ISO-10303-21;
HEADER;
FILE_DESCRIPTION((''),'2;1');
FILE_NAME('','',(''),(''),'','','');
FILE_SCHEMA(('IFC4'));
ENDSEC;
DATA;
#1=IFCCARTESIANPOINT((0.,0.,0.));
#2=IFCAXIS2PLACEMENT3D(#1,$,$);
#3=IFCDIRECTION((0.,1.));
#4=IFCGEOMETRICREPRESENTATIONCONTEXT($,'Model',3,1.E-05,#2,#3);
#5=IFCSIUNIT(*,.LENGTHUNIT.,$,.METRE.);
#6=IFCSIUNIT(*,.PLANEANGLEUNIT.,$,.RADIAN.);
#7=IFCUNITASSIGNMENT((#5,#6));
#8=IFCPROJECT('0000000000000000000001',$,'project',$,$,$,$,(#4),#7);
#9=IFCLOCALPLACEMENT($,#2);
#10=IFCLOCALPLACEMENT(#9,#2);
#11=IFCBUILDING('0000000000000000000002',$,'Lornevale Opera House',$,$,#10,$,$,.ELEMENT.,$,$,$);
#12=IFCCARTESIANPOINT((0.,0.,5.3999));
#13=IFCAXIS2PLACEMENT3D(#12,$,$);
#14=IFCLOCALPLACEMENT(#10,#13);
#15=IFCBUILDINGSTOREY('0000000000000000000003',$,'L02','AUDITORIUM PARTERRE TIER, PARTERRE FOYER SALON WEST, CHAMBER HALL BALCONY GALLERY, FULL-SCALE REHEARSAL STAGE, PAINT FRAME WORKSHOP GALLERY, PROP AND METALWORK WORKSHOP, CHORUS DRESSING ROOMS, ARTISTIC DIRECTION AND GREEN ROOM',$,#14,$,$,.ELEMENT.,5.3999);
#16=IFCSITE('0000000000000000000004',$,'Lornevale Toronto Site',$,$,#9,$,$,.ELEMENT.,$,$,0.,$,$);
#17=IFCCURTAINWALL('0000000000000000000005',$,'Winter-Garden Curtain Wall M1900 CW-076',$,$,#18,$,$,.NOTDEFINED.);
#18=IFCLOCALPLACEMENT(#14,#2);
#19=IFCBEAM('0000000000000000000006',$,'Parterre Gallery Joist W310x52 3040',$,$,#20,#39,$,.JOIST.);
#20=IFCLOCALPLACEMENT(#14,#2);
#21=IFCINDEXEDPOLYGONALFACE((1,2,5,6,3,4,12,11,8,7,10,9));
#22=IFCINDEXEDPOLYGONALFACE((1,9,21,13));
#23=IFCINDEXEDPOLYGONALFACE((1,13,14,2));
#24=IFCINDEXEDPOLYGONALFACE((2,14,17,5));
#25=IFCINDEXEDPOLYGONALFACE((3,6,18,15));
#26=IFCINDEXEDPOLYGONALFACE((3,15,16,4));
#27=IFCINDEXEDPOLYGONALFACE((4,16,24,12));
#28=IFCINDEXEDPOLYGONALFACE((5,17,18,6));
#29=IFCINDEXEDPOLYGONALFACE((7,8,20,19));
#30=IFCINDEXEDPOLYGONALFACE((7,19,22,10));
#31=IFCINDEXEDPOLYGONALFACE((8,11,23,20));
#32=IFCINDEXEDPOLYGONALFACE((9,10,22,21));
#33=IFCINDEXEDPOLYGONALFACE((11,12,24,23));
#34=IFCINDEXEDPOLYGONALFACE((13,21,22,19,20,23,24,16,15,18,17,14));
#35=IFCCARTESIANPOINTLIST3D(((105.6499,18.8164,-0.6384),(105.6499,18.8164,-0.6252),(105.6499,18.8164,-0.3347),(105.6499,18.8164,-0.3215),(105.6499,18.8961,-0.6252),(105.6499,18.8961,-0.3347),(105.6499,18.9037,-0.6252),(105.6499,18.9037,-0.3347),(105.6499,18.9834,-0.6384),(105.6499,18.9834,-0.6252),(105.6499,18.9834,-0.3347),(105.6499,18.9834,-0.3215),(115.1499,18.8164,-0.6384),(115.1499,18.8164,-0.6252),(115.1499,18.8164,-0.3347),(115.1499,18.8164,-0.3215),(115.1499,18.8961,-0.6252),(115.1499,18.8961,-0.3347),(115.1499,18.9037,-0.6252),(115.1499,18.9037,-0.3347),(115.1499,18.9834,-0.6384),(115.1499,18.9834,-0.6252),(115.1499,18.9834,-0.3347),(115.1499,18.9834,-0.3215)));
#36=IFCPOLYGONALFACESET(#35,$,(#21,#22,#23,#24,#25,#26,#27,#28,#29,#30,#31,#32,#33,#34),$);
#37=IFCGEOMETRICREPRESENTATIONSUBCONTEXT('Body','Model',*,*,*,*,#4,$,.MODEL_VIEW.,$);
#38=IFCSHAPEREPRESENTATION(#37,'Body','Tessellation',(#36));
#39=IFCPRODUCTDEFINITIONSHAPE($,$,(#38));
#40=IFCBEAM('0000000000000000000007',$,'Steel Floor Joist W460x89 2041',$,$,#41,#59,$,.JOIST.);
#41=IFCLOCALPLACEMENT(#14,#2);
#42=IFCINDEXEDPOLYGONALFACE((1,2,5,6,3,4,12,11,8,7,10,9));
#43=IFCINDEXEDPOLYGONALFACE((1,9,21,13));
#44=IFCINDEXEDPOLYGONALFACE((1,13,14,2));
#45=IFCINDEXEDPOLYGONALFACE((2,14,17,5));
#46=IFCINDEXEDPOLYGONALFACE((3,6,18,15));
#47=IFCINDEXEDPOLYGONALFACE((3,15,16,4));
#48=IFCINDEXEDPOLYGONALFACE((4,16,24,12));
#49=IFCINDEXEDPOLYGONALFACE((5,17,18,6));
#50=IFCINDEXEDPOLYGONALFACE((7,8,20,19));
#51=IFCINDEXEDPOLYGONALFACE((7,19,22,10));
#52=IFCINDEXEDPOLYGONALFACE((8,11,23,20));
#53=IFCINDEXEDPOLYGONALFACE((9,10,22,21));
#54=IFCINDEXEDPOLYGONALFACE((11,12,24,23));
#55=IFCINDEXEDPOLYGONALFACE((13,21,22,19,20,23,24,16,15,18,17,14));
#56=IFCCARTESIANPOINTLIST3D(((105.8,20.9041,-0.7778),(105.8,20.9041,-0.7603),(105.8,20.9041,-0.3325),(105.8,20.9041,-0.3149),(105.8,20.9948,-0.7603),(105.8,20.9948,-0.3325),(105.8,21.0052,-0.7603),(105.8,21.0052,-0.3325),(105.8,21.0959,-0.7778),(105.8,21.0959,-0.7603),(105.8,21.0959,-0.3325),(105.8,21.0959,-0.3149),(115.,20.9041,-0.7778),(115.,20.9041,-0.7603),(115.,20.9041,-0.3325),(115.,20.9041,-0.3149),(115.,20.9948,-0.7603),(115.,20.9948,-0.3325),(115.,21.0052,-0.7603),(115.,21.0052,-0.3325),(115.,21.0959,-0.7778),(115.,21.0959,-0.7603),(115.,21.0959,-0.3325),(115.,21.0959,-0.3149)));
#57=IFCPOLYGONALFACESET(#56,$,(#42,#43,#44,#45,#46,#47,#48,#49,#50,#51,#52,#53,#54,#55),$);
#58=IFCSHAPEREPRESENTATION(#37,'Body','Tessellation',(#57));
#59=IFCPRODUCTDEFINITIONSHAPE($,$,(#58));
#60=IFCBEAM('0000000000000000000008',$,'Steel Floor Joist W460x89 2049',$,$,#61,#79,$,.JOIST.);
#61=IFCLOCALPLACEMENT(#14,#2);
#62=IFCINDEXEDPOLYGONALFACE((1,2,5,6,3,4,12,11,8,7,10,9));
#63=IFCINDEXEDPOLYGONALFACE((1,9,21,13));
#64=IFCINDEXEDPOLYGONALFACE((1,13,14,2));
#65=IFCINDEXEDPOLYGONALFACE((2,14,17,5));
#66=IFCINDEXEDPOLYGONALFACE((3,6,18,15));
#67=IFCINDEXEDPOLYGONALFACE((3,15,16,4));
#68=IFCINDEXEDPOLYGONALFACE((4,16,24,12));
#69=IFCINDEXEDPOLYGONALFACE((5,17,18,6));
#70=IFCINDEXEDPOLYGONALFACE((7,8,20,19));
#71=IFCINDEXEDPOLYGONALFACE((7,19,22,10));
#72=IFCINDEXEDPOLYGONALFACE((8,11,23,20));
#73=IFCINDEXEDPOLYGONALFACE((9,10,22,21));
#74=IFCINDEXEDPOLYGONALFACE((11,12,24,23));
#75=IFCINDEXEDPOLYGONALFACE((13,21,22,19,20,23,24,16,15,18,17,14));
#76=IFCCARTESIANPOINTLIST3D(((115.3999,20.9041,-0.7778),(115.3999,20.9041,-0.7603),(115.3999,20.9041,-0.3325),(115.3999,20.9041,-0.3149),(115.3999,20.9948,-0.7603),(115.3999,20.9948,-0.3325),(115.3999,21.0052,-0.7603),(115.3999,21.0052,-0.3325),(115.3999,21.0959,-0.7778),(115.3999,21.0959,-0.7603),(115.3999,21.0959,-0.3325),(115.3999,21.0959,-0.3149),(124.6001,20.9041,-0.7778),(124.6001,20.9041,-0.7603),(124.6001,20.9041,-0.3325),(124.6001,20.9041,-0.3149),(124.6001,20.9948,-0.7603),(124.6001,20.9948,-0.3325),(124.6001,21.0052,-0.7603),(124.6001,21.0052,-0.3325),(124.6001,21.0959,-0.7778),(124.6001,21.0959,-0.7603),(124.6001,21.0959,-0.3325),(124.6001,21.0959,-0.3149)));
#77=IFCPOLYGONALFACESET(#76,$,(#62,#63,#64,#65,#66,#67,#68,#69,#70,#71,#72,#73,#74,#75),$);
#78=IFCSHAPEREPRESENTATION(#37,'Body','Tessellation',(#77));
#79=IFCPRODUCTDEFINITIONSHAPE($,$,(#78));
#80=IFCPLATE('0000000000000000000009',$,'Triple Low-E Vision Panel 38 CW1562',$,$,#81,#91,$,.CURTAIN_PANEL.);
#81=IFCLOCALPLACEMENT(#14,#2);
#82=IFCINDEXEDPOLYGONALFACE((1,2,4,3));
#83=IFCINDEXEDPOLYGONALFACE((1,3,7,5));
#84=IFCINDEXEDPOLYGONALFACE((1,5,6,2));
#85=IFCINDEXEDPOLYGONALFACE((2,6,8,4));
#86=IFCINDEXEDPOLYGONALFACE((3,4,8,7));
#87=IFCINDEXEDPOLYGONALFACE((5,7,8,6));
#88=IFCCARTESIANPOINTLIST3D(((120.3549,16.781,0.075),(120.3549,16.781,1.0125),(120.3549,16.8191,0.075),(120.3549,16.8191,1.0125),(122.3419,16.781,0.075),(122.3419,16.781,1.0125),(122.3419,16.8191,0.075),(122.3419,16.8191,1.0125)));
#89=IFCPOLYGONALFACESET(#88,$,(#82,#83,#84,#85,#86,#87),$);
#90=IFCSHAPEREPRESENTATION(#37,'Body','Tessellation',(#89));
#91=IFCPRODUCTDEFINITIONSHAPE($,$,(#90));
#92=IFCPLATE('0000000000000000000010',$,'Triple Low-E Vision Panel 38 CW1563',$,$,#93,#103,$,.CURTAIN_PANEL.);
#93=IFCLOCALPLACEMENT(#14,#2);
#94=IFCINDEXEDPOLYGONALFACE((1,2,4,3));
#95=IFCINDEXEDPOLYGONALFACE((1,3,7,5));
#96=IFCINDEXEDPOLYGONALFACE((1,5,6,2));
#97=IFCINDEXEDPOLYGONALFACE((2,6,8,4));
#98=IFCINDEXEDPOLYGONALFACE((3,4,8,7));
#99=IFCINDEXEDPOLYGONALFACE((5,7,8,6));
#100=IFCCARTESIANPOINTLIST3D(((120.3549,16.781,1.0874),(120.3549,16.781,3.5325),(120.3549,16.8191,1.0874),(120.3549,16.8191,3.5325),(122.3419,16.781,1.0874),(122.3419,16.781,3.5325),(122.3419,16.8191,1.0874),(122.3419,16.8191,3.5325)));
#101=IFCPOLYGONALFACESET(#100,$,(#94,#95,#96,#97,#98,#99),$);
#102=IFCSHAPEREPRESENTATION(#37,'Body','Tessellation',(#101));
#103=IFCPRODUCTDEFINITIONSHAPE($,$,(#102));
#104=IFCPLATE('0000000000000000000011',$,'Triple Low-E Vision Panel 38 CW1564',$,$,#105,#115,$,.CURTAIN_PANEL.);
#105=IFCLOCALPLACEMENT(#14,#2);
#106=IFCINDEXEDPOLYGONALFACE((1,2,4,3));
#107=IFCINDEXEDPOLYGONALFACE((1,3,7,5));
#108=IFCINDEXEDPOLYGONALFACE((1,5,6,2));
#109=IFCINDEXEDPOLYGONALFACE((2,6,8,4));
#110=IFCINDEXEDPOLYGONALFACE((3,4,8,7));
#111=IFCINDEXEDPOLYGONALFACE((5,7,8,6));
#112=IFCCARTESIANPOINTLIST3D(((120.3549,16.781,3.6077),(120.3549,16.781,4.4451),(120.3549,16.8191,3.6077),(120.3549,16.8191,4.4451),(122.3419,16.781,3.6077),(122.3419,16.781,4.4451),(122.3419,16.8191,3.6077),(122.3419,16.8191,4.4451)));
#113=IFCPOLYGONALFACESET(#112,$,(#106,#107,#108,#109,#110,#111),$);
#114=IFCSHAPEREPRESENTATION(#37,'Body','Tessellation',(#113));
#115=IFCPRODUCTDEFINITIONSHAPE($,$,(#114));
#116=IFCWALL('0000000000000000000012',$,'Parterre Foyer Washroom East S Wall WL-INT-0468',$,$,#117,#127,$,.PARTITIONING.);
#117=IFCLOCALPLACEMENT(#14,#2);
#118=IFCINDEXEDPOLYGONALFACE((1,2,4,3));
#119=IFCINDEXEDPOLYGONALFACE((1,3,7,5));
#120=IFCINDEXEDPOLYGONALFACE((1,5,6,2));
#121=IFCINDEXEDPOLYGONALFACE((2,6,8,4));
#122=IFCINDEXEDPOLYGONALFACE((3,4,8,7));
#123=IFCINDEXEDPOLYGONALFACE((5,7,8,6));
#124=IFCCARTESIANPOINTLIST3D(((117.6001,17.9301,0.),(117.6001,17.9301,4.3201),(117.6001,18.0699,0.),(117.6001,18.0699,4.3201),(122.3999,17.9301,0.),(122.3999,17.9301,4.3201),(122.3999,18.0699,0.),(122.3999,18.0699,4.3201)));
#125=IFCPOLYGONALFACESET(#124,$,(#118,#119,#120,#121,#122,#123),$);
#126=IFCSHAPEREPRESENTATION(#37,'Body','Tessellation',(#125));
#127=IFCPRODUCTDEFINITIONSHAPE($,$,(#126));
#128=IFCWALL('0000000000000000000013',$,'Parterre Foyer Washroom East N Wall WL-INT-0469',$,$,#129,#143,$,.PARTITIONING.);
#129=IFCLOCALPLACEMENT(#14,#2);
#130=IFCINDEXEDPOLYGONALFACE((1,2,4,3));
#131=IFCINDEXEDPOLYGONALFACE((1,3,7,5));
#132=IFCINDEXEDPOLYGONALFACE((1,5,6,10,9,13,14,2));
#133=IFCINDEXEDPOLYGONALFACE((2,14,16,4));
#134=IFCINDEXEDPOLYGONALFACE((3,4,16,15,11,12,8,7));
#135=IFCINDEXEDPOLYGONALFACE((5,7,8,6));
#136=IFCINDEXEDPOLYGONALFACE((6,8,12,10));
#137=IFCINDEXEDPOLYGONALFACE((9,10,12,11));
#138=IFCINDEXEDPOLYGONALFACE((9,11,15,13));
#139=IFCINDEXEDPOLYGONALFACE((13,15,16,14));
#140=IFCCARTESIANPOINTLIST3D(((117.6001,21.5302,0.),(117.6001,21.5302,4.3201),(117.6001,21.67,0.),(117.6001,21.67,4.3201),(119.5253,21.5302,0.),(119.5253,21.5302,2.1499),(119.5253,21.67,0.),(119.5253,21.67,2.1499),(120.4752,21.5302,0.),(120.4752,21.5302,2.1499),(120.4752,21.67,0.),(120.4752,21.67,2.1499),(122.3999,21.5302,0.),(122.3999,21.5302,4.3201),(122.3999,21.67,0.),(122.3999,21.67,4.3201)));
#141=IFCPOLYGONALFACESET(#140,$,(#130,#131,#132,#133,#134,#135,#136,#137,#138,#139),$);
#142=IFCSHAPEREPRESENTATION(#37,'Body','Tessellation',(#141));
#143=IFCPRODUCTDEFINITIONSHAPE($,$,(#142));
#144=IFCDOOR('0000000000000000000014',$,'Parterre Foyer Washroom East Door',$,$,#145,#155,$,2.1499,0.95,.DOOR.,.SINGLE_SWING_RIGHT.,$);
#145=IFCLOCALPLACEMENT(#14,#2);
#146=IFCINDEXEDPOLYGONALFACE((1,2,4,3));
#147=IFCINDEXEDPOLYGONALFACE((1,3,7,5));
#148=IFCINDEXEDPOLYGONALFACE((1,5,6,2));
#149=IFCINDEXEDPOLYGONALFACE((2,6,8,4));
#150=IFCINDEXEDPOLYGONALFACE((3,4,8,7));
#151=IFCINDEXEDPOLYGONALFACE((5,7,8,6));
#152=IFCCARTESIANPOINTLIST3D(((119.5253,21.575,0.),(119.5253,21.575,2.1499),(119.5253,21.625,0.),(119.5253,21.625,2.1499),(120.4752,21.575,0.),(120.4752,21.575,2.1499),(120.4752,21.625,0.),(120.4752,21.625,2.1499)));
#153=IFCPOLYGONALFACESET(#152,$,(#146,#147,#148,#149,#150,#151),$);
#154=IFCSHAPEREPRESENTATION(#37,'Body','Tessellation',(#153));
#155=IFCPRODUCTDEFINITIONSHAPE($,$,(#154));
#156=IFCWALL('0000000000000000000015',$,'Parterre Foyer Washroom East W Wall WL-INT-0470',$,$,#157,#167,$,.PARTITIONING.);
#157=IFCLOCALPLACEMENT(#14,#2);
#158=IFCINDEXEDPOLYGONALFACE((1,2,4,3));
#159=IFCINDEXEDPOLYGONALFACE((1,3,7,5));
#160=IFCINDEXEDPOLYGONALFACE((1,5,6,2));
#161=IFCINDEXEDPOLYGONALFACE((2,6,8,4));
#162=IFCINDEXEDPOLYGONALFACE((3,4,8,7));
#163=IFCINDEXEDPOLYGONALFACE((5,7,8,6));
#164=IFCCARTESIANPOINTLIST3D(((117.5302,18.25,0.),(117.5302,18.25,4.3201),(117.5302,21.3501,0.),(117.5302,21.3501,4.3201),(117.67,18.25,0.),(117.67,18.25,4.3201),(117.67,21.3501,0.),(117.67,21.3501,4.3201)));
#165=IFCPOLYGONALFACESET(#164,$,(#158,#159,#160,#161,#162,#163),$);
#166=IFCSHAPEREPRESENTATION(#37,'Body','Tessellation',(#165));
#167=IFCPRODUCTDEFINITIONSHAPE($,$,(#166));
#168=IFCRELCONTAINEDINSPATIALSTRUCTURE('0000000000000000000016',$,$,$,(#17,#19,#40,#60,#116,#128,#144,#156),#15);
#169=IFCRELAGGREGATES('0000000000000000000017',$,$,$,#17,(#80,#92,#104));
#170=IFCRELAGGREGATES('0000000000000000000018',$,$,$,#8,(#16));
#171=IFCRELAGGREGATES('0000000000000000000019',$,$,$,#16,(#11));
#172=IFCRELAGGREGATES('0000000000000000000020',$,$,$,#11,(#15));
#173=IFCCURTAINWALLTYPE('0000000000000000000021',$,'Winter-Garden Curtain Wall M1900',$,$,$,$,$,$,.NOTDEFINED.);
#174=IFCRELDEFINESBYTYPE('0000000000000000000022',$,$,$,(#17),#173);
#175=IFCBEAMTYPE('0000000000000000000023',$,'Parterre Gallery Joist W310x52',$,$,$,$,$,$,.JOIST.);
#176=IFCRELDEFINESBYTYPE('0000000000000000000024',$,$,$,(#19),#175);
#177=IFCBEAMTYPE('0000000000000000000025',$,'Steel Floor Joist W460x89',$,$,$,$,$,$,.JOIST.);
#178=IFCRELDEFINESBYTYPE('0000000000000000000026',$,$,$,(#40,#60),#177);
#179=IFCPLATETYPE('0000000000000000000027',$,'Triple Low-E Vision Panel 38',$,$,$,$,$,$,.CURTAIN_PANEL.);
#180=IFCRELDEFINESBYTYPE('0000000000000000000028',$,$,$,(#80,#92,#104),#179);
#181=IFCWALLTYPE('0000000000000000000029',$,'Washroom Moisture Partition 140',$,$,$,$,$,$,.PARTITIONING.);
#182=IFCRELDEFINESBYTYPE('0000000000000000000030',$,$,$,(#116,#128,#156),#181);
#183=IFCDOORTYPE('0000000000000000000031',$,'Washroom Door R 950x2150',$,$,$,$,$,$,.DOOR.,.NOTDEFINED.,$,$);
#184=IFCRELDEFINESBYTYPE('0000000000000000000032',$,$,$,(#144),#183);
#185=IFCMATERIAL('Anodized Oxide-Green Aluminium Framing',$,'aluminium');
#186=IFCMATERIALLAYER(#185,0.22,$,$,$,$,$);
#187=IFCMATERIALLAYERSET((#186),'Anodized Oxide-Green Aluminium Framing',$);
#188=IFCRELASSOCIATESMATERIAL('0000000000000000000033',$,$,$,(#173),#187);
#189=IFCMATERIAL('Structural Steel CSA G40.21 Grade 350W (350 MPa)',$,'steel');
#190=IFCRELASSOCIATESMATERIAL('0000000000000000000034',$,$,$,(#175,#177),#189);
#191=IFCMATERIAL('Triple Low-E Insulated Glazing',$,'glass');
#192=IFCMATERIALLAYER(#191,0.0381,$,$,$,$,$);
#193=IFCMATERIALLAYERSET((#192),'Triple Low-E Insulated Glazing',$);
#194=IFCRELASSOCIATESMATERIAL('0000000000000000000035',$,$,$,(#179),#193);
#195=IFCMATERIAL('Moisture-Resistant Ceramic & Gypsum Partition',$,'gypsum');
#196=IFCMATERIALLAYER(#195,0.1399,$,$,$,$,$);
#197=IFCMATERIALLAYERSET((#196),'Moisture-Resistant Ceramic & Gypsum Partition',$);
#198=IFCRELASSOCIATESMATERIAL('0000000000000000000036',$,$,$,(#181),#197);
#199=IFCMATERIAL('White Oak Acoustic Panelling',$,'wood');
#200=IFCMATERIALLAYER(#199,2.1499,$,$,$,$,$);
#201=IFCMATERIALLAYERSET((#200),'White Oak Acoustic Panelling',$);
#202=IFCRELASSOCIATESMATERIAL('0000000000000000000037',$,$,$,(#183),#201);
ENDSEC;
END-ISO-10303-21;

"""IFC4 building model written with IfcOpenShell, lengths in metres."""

from ifc_helpers import new_model, si_unit, direction, frame, frame_2d, origin, origin_2d, place, context, subcontext, project, spatial, rectangle, i_section, extrude, material, layer, layer_set, material_profile, profile_set, type_object, element, fill, aggregate, save


model = new_model("IFC4")

# Units and contexts
model_context = context("Model", 3, precision=1e-05, world=origin(), true_north=direction((0.0, 1.0)))
body_context = subcontext(model_context, "Body", "Model", "MODEL_VIEW")
ifc_project = project(units=[si_unit("LENGTHUNIT", "METRE"), si_unit("PLANEANGLEUNIT", "RADIAN")], contexts=[model_context])

# Site, building, storey
site_placement = place(None, origin())
site = spatial("IfcSite", under=ifc_project, at=site_placement, Name="Lornevale Toronto Site", CompositionType="ELEMENT", RefElevation=0.0)
building_placement = place(site_placement, origin())
building = spatial("IfcBuilding", under=site, at=building_placement, Name="Lornevale Opera House", CompositionType="ELEMENT")
storey_placement = place(building_placement, frame((0.0, 0.0, 5.3999)))
storey = spatial("IfcBuildingStorey", under=building, at=storey_placement, Name="L02", Description="AUDITORIUM PARTERRE TIER, PARTERRE FOYER SALON WEST, CHAMBER HALL BALCONY GALLERY, FULL-SCALE REHEARSAL STAGE, PAINT FRAME WORKSHOP GALLERY, PROP AND METALWORK WORKSHOP, CHORUS DRESSING ROOMS, ARTISTIC DIRECTION AND GREEN ROOM", CompositionType="ELEMENT", Elevation=5.3999)

# Curtain wall
ifc_material_1 = material(Name="Anodized Oxide-Green Aluminium Framing", Category="aluminium")
ifc_layer_1 = layer(ifc_material_1, 0.22)
ifc_layer_set_1 = layer_set([ifc_layer_1], Name="Anodized Oxide-Green Aluminium Framing")
curtain_wall_type = type_object("IfcCurtainWallType", Name="Winter-Garden Curtain Wall M1900", PredefinedType="NOTDEFINED", material=ifc_layer_set_1)
curtain_wall_placement = place(storey_placement, origin())
curtain_wall = element("IfcCurtainWall", 1, at=curtain_wall_placement, inside=storey, type_object=curtain_wall_type, Name="Winter-Garden Curtain Wall M1900 CW-076", PredefinedType="NOTDEFINED")

# Beams
ifc_material_2 = material(Name="Structural Steel CSA G40.21 Grade 350W (350 MPa)", Category="steel")
ifc_material_profile_1 = material_profile(ifc_material_2, i_section(OverallWidth=0.167, OverallDepth=0.3169, WebThickness=0.0076, FlangeThickness=0.0132, at=origin_2d()), Name="W310x52")
ifc_profile_set_1 = profile_set([ifc_material_profile_1], Name="Structural Steel CSA G40.21 Grade 350W (350 MPa)")
beam_type_1 = type_object("IfcBeamType", Name="Parterre Gallery Joist W310x52", PredefinedType="JOIST", material=ifc_profile_set_1)
beam_1_placement = place(storey_placement, frame((105.6499, 18.8999, -0.48), z_axis=(1.0, 0.0, 0.0), x_axis=(0.0, 1.0, 0.0)))
element("IfcBeam", 2, at=beam_1_placement, inside=storey, type_object=beam_type_1, Name="Parterre Gallery Joist W310x52 3040", PredefinedType="JOIST", context=body_context, shape_type="SweptSolid", body=[
    extrude(i_section(OverallWidth=0.167, OverallDepth=0.3169, WebThickness=0.0076, FlangeThickness=0.0132, at=origin_2d()), origin(), (0.0, 0.0, 1.0), 9.5),
])
ifc_material_profile_2 = material_profile(ifc_material_2, i_section(OverallWidth=0.1919, OverallDepth=0.4629, WebThickness=0.0105, FlangeThickness=0.0176, at=origin_2d()), Name="W460x89")
ifc_profile_set_2 = profile_set([ifc_material_profile_2], Name="Structural Steel CSA G40.21 Grade 350W (350 MPa)")
beam_type_2 = type_object("IfcBeamType", Name="Steel Floor Joist W460x89", PredefinedType="JOIST", material=ifc_profile_set_2)
beam_2_placement = place(storey_placement, frame((105.8, 21.0, -0.5464), z_axis=(1.0, 0.0, 0.0), x_axis=(0.0, 1.0, 0.0)))
element("IfcBeam", 3, at=beam_2_placement, inside=storey, type_object=beam_type_2, Name="Steel Floor Joist W460x89 2041", PredefinedType="JOIST", context=body_context, shape_type="SweptSolid", body=[
    extrude(i_section(OverallWidth=0.1919, OverallDepth=0.4629, WebThickness=0.0105, FlangeThickness=0.0176, at=origin_2d()), origin(), (0.0, 0.0, 1.0), 9.2),
])
beam_3_placement = place(storey_placement, frame((115.3999, 21.0, -0.5464), z_axis=(1.0, 0.0, 0.0), x_axis=(0.0, 1.0, 0.0)))
element("IfcBeam", 4, at=beam_3_placement, inside=storey, type_object=beam_type_2, Name="Steel Floor Joist W460x89 2049", PredefinedType="JOIST", context=body_context, shape_type="SweptSolid", body=[
    extrude(i_section(OverallWidth=0.1919, OverallDepth=0.4629, WebThickness=0.0105, FlangeThickness=0.0176, at=origin_2d()), origin(), (0.0, 0.0, 1.0), 9.2002),
])

# Plates
ifc_material_3 = material(Name="Triple Low-E Insulated Glazing", Category="glass")
ifc_layer_2 = layer(ifc_material_3, 0.0381)
ifc_layer_set_2 = layer_set([ifc_layer_2], Name="Triple Low-E Insulated Glazing")
plate_type = type_object("IfcPlateType", Name="Triple Low-E Vision Panel 38", PredefinedType="CURTAIN_PANEL", material=ifc_layer_set_2)
plate_1_placement = place(storey_placement, frame((121.3484, 16.8, 0.075), z_axis=(0.0, 0.0, 1.0), x_axis=(-1.0, 0.0, 0.0)))
plate_1 = element("IfcPlate", 5, at=plate_1_placement, type_object=plate_type, Name="Triple Low-E Vision Panel 38 CW1562", PredefinedType="CURTAIN_PANEL", context=body_context, shape_type="SweptSolid", body=[
    extrude(rectangle(XDim=1.9871, YDim=0.0381, at=origin_2d()), origin(), (0.0, 0.0, 1.0), 0.9375),
])
plate_2_placement = place(storey_placement, frame((121.3484, 16.8, 1.0874), z_axis=(0.0, 0.0, 1.0), x_axis=(-1.0, 0.0, 0.0)))
plate_2 = element("IfcPlate", 6, at=plate_2_placement, type_object=plate_type, Name="Triple Low-E Vision Panel 38 CW1563", PredefinedType="CURTAIN_PANEL", context=body_context, shape_type="SweptSolid", body=[
    extrude(rectangle(XDim=1.9871, YDim=0.0381, at=origin_2d()), origin(), (0.0, 0.0, 1.0), 2.4451),
])
plate_3_placement = place(storey_placement, frame((121.3484, 16.8, 3.6077), z_axis=(0.0, 0.0, 1.0), x_axis=(-1.0, 0.0, 0.0)))
plate_3 = element("IfcPlate", 7, at=plate_3_placement, type_object=plate_type, Name="Triple Low-E Vision Panel 38 CW1564", PredefinedType="CURTAIN_PANEL", context=body_context, shape_type="SweptSolid", body=[
    extrude(rectangle(XDim=1.9871, YDim=0.0381, at=origin_2d()), origin(), (0.0, 0.0, 1.0), 0.8374),
])
aggregate(curtain_wall, [plate_1, plate_2, plate_3])

# Wall
ifc_material_4 = material(Name="Moisture-Resistant Ceramic & Gypsum Partition", Category="gypsum")
ifc_layer_3 = layer(ifc_material_4, 0.1399)
ifc_layer_set_3 = layer_set([ifc_layer_3], Name="Moisture-Resistant Ceramic & Gypsum Partition")
wall_type = type_object("IfcWallType", Name="Washroom Moisture Partition 140", PredefinedType="PARTITIONING", material=ifc_layer_set_3)
wall_1_placement = place(storey_placement, frame((117.6001, 18.0, 0.0), z_axis=(0.0, 0.0, 1.0), x_axis=(1.0, 0.0, 0.0)))
element("IfcWall", 8, at=wall_1_placement, inside=storey, type_object=wall_type, Name="Parterre Foyer Washroom East S Wall WL-INT-0468", PredefinedType="PARTITIONING", context=body_context, shape_type="SweptSolid", body=[
    extrude(rectangle(XDim=4.7998, YDim=0.1399, at=frame_2d((2.3999, 0.0))), origin(), (0.0, 0.0, 1.0), 4.3201),
])

# Wall, opening, door
wall_2_placement = place(storey_placement, frame((117.6001, 21.6001, 0.0), z_axis=(0.0, 0.0, 1.0), x_axis=(1.0, 0.0, 0.0)))
wall_2 = element("IfcWall", 9, at=wall_2_placement, inside=storey, type_object=wall_type, Name="Parterre Foyer Washroom East N Wall WL-INT-0469", PredefinedType="PARTITIONING", context=body_context, shape_type="SweptSolid", body=[
    extrude(rectangle(XDim=4.7998, YDim=0.1399, at=frame_2d((2.3999, 0.0))), origin(), (0.0, 0.0, 1.0), 4.3201),
])
opening_placement = place(wall_2_placement, frame((1.925, 0.0, 0.0)))
opening = element("IfcOpeningElement", 10, at=opening_placement, cuts=wall_2, PredefinedType="OPENING", context=body_context, shape_type="SweptSolid", body=[
    extrude(rectangle(XDim=0.95, YDim=2.1499, at=frame_2d((0.4751, 1.075))), frame((0.0, 0.0798, 0.0), z_axis=(0.0, -1.0, 0.0), x_axis=(1.0, 0.0, 0.0)), (0.0, 0.0, 1.0), 0.1599),
])
ifc_material_5 = material(Name="White Oak Acoustic Panelling", Category="wood")
ifc_layer_4 = layer(ifc_material_5, 2.1499)
ifc_layer_set_4 = layer_set([ifc_layer_4], Name="White Oak Acoustic Panelling")
door_type = type_object("IfcDoorType", Name="Washroom Door R 950x2150", OperationType="NOTDEFINED", PredefinedType="DOOR", material=ifc_layer_set_4)
door_placement = place(opening_placement, origin())
door = element("IfcDoor", 11, at=door_placement, inside=storey, type_object=door_type, Name="Parterre Foyer Washroom East Door", OperationType="SINGLE_SWING_RIGHT", OverallHeight=2.1499, OverallWidth=0.95, PredefinedType="DOOR", context=body_context, shape_type="SweptSolid", body=[
    extrude(rectangle(XDim=0.95, YDim=2.1499, at=frame_2d((0.4751, 1.075))), frame((0.0, 0.0249, 0.0), z_axis=(0.0, -1.0, 0.0), x_axis=(1.0, 0.0, 0.0)), (0.0, 0.0, 1.0), 0.05),
])
fill(opening, door)

# Wall
wall_3_placement = place(storey_placement, frame((117.6001, 18.25, 0.0), z_axis=(0.0, 0.0, 1.0), x_axis=(0.0, 1.0, 0.0)))
element("IfcWall", 12, at=wall_3_placement, inside=storey, type_object=wall_type, Name="Parterre Foyer Washroom East W Wall WL-INT-0470", PredefinedType="PARTITIONING", context=body_context, shape_type="SweptSolid", body=[
    extrude(rectangle(XDim=3.1001, YDim=0.1399, at=frame_2d((1.55, 0.0))), origin(), (0.0, 0.0, 1.0), 4.3201),
])

save(model, "model.ifc")
